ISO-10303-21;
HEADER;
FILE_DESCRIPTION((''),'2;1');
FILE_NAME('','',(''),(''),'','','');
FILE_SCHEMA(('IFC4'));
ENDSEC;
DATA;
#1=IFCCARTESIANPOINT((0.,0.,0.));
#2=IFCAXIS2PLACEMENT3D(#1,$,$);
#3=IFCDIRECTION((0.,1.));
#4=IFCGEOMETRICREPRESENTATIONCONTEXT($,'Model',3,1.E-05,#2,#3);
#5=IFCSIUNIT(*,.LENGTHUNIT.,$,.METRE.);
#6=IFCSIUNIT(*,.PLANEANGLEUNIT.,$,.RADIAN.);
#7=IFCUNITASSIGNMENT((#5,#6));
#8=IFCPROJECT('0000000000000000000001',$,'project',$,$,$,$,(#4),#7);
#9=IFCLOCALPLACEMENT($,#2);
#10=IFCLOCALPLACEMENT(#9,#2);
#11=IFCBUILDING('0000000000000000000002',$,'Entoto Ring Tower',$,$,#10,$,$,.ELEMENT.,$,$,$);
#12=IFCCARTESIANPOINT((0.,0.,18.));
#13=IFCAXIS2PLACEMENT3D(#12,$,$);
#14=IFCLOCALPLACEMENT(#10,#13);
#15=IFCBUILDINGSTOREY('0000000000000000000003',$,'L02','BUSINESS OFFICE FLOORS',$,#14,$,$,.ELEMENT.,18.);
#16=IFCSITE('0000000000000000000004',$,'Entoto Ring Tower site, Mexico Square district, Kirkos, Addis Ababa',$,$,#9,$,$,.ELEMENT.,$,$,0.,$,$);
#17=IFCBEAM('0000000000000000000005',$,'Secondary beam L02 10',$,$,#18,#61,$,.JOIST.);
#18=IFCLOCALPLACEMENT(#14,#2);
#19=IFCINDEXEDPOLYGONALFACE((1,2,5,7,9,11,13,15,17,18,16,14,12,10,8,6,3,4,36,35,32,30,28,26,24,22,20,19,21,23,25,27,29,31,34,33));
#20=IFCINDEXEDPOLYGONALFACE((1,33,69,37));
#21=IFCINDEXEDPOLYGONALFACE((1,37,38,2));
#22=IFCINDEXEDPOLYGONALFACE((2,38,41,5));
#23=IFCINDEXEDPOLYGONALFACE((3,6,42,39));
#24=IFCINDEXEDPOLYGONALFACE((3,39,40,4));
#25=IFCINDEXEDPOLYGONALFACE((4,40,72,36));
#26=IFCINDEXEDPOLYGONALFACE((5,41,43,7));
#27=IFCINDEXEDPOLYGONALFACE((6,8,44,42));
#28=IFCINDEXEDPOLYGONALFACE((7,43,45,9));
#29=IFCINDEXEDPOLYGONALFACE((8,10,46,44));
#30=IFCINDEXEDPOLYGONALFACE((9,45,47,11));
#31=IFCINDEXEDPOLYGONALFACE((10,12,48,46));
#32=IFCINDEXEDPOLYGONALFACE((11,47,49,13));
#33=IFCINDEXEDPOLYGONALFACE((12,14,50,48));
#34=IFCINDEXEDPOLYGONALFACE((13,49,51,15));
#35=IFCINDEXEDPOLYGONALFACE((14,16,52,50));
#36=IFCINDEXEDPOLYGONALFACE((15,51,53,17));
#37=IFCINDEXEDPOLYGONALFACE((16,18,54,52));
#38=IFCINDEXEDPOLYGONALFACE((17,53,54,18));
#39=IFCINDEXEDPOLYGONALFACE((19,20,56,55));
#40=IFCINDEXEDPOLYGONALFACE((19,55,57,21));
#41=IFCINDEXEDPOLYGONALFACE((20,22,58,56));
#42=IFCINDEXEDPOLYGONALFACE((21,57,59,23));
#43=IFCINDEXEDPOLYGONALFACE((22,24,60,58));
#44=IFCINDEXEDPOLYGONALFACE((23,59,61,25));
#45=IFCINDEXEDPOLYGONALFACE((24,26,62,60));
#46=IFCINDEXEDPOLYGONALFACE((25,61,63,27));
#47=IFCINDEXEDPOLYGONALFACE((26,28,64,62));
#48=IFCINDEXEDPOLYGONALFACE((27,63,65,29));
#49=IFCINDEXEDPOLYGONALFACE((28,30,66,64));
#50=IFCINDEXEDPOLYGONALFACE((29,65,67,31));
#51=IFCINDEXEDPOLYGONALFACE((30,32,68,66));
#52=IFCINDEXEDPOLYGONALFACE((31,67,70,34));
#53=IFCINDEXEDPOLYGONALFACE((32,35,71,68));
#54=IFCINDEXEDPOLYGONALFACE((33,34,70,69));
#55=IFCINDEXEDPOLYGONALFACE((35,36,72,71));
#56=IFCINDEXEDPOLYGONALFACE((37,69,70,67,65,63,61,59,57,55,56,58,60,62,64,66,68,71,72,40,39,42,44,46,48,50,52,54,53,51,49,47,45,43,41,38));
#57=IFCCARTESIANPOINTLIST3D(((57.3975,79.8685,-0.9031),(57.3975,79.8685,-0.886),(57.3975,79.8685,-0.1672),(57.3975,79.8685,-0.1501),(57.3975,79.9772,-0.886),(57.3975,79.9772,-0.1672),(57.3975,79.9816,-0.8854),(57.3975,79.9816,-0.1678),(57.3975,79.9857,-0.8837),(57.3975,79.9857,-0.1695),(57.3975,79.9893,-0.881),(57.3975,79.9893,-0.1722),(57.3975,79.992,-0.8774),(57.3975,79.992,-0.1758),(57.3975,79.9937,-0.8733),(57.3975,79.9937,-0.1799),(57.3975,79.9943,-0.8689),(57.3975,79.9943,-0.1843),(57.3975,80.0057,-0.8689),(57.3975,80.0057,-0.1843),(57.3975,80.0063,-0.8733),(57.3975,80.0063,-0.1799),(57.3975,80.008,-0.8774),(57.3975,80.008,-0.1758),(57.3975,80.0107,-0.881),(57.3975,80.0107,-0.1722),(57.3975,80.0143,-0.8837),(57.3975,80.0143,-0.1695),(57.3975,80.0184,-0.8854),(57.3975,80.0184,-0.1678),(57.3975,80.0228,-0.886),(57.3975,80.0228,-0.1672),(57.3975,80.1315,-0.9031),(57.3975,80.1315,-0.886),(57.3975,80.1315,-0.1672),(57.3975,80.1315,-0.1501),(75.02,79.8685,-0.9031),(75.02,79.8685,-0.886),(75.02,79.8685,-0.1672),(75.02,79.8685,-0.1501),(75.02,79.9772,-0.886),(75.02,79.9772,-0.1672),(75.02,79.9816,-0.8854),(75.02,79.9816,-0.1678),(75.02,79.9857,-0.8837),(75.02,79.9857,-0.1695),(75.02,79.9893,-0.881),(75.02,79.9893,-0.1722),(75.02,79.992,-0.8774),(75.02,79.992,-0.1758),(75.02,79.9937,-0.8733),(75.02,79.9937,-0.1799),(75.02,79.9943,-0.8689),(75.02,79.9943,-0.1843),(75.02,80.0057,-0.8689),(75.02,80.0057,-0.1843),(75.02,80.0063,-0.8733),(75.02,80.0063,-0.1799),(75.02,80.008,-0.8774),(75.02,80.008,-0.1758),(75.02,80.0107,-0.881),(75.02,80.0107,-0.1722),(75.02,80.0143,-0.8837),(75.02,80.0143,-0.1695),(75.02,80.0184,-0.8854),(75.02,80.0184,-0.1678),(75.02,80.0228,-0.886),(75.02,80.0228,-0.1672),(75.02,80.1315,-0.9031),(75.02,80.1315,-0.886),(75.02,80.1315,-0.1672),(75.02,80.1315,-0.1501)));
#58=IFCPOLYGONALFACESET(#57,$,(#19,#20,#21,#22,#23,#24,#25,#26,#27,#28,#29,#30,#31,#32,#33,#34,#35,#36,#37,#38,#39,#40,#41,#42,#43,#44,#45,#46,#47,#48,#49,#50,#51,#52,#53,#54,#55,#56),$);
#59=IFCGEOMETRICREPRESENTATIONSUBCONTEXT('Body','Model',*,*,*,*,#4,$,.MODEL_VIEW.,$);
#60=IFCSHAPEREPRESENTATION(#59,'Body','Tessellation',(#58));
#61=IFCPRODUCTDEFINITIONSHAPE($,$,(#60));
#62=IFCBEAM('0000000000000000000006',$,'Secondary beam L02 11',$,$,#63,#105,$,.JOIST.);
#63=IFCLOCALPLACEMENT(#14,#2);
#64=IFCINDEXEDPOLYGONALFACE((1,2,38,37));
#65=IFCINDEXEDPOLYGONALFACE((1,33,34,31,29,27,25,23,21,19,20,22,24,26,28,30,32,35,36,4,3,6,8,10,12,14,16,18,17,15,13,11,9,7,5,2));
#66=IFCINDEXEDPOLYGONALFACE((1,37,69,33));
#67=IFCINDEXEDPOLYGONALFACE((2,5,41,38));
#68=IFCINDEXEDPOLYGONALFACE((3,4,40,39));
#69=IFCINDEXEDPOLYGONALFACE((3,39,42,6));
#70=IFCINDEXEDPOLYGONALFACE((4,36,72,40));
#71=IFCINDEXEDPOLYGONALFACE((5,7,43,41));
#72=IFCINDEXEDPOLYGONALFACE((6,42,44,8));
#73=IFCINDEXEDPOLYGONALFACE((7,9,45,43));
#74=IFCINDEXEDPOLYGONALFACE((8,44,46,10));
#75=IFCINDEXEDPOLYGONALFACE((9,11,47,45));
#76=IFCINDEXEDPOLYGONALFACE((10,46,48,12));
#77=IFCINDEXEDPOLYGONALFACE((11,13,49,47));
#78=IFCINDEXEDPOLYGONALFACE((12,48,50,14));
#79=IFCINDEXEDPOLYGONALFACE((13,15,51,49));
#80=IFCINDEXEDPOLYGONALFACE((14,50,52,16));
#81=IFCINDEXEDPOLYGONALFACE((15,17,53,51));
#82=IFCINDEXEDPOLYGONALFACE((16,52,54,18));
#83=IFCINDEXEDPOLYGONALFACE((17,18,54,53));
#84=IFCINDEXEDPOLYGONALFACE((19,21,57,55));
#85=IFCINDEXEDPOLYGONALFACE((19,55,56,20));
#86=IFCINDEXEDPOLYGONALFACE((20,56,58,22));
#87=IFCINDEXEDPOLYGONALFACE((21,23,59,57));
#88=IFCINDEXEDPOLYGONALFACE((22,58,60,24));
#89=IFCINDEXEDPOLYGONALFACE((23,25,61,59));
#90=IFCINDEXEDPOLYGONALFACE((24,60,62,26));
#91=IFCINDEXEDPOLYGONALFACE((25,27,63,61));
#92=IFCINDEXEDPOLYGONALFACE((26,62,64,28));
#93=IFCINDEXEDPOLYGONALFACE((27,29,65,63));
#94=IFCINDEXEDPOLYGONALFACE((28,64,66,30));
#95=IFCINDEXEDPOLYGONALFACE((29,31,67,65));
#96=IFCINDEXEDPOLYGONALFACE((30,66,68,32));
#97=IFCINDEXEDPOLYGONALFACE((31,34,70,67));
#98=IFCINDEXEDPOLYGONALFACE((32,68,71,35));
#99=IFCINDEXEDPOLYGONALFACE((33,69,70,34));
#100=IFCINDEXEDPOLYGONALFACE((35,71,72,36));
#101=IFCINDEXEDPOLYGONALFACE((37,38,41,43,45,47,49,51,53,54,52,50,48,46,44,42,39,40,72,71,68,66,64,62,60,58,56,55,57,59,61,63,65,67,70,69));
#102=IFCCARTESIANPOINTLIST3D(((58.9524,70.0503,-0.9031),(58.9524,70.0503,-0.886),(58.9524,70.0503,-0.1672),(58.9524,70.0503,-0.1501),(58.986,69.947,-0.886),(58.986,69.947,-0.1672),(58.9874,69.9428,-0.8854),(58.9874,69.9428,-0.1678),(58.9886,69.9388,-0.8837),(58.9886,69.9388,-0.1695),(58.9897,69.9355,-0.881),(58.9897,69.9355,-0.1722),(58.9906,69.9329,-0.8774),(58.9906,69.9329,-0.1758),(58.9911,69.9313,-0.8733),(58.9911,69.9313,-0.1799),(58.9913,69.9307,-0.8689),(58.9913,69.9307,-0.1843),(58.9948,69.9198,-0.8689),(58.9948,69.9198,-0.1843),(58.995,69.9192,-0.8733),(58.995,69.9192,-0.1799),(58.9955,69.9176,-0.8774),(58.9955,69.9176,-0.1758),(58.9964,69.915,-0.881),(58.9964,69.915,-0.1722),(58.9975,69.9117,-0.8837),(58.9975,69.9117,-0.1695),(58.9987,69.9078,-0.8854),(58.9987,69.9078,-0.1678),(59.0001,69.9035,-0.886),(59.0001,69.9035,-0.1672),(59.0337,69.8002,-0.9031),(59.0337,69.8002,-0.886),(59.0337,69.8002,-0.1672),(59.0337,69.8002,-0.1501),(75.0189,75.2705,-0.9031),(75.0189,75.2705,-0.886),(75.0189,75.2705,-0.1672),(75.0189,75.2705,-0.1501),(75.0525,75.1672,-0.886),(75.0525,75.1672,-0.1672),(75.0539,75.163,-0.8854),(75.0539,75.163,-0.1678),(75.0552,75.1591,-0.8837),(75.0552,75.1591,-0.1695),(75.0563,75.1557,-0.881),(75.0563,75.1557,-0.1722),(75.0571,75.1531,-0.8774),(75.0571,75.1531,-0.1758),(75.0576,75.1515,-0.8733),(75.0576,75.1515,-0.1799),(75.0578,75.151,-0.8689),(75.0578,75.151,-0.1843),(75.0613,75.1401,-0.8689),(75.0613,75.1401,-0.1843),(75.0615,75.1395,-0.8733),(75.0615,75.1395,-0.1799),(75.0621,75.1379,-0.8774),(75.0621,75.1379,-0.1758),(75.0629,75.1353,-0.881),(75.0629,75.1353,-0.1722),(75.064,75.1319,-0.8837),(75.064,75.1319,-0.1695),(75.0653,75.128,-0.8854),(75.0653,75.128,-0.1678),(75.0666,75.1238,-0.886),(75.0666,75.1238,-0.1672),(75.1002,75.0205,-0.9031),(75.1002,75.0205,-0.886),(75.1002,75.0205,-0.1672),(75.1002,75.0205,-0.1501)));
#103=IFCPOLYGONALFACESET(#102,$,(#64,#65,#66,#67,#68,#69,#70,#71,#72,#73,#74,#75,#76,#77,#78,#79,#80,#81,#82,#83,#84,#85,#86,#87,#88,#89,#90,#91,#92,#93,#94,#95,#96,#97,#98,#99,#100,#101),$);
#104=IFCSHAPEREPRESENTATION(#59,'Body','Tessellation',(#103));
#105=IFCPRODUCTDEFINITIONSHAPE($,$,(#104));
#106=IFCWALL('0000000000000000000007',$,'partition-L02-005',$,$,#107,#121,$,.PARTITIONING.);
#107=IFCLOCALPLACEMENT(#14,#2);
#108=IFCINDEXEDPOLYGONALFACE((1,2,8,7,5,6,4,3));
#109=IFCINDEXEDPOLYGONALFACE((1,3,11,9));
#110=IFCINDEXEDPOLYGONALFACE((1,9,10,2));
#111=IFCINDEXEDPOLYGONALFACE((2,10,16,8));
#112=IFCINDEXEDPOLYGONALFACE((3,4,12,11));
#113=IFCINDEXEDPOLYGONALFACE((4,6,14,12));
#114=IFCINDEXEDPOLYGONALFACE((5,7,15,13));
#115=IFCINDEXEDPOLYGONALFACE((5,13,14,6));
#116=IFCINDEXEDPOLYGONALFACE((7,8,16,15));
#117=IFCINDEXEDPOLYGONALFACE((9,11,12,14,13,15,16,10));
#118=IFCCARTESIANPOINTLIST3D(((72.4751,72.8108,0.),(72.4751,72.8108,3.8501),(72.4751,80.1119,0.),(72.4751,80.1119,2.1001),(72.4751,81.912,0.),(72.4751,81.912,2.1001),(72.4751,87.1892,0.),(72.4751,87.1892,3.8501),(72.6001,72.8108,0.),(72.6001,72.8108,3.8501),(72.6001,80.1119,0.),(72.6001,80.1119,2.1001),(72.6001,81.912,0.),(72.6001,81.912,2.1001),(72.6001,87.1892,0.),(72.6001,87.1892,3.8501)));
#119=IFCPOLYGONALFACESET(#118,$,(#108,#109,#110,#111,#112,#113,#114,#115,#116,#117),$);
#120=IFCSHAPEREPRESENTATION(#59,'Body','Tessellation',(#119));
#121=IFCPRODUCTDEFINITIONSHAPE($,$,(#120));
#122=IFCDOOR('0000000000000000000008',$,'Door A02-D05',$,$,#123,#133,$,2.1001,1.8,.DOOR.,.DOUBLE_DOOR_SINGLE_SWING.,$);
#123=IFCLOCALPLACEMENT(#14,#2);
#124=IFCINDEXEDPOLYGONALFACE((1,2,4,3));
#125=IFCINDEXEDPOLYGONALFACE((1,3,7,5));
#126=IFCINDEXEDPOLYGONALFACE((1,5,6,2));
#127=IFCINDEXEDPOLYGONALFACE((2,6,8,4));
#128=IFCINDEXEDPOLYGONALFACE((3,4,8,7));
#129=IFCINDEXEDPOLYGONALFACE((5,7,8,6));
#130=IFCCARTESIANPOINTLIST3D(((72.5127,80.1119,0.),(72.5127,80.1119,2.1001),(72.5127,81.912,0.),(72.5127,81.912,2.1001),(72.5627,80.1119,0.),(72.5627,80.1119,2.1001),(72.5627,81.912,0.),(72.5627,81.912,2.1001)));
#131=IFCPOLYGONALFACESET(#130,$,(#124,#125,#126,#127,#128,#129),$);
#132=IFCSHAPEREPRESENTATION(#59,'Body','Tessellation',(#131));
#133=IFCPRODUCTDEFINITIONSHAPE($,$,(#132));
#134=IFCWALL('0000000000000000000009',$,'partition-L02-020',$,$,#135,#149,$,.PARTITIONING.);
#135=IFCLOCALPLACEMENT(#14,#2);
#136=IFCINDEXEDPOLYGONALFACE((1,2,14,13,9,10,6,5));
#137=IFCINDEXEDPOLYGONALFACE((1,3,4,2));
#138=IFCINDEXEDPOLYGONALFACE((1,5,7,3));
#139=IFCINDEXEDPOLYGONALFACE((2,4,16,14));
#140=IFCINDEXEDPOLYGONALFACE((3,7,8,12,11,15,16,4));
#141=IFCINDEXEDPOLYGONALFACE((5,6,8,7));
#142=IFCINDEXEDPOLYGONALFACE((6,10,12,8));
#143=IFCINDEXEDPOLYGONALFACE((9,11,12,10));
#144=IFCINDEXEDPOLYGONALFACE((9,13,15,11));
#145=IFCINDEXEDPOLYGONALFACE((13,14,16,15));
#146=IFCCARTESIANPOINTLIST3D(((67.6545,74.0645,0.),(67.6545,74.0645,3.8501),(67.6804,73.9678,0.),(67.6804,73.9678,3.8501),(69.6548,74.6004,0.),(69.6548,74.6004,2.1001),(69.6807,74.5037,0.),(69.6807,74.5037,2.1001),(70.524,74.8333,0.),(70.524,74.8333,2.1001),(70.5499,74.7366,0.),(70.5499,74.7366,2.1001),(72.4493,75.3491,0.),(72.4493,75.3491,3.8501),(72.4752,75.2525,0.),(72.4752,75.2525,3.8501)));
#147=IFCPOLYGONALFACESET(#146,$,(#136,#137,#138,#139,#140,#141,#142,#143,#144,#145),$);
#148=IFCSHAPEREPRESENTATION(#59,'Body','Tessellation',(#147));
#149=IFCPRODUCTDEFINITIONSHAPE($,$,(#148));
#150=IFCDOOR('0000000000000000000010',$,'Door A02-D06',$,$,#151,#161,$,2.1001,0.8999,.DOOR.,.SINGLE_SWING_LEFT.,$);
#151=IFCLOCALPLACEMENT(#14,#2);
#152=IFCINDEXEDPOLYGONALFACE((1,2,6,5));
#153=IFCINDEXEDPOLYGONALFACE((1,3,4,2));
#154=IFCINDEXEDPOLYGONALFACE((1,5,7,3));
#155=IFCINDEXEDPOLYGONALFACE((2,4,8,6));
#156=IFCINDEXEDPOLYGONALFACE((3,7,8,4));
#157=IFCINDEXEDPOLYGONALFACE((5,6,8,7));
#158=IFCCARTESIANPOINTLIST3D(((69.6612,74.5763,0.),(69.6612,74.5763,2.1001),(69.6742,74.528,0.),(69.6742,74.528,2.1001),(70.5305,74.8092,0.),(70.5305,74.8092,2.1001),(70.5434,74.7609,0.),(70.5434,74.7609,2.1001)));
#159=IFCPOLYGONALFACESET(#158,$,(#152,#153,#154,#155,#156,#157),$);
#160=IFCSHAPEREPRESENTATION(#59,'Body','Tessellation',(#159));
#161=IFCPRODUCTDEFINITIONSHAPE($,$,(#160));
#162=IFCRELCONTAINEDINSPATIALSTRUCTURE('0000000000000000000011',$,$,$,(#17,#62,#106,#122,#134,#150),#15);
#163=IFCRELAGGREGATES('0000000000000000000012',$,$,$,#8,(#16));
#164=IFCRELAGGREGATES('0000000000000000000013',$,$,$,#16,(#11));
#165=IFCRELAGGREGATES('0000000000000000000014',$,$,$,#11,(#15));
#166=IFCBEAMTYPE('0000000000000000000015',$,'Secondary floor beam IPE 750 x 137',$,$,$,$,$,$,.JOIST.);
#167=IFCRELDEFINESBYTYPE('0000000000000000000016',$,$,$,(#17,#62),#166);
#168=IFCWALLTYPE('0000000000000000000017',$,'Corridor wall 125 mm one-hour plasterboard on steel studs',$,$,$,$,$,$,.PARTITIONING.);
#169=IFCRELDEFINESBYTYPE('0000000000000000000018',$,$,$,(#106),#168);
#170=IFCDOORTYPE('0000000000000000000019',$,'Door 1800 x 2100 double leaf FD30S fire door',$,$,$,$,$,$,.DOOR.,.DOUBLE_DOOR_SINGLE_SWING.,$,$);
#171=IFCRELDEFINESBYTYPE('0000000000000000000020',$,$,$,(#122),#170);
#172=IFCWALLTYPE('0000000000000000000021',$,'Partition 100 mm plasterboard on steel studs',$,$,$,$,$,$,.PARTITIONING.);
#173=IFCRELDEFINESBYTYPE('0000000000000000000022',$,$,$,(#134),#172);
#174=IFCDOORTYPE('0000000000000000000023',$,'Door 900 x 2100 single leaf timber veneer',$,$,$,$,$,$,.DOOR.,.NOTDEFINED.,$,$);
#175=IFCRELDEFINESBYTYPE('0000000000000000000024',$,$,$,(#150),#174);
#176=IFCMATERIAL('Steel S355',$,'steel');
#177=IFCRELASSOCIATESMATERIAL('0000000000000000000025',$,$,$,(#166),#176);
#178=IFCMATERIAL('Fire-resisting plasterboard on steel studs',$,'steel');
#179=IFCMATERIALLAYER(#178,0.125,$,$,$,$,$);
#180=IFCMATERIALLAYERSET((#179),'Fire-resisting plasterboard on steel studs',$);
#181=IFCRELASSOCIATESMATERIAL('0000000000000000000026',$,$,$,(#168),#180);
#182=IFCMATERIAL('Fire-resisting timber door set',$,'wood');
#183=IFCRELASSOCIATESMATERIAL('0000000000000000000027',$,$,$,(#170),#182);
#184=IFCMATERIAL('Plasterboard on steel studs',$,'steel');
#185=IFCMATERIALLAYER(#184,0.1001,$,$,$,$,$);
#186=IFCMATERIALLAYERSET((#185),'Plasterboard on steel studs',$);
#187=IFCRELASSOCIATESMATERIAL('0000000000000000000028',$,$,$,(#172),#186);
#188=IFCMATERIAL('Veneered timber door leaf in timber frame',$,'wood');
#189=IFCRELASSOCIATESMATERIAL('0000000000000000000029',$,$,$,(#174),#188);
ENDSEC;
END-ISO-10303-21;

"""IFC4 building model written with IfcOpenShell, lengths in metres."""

from ifc_helpers import new_model, si_unit, direction, frame, frame_2d, origin, origin_2d, place, context, subcontext, project, spatial, rectangle, i_section, extrude, material, layer, layer_set, material_profile, profile_set, type_object, element, fill, save


model = new_model("IFC4")

# Units and contexts
model_context = context("Model", 3, precision=1e-05, world=origin(), true_north=direction((0.0, 1.0)))
body_context = subcontext(model_context, "Body", "Model", "MODEL_VIEW")
ifc_project = project(units=[si_unit("LENGTHUNIT", "METRE"), si_unit("PLANEANGLEUNIT", "RADIAN")], contexts=[model_context])

# Site, building, storey
site_placement = place(None, origin())
site = spatial("IfcSite", under=ifc_project, at=site_placement, Name="Entoto Ring Tower site, Mexico Square district, Kirkos, Addis Ababa", CompositionType="ELEMENT", RefElevation=0.0)
building_placement = place(site_placement, origin())
building = spatial("IfcBuilding", under=site, at=building_placement, Name="Entoto Ring Tower", CompositionType="ELEMENT")
storey_placement = place(building_placement, frame((0.0, 0.0, 18.0)))
storey = spatial("IfcBuildingStorey", under=building, at=storey_placement, Name="L02", Description="BUSINESS OFFICE FLOORS", CompositionType="ELEMENT", Elevation=18.0)

# Beams
ifc_material_1 = material(Name="Steel S355", Category="steel")
ifc_material_profile_1 = material_profile(ifc_material_1, i_section(OverallWidth=0.2629, OverallDepth=0.7529, WebThickness=0.0115, FlangeThickness=0.0171, FilletRadius=0.0171, at=origin_2d()), Name="IPE 750 x 137")
ifc_profile_set_1 = profile_set([ifc_material_profile_1], Name="Steel S355")
beam_type_1 = type_object("IfcBeamType", Name="Secondary floor beam IPE 750 x 137", PredefinedType="JOIST", material=ifc_profile_set_1)
beam_1_placement = place(storey_placement, frame((75.02, 80.0, -0.5266), z_axis=(-1.0, 0.0, 0.0), x_axis=(0.0, -1.0, 0.0)))
element("IfcBeam", 1, at=beam_1_placement, inside=storey, type_object=beam_type_1, Name="Secondary beam L02 10", PredefinedType="JOIST", context=body_context, shape_type="SweptSolid", body=[
    extrude(i_section(OverallWidth=0.2629, OverallDepth=0.7529, WebThickness=0.0115, FlangeThickness=0.0171, FilletRadius=0.0171, at=origin_2d()), origin(), (0.0, 0.0, 1.0), 17.6226),
])
beam_2_placement = place(storey_placement, frame((75.0596, 75.1455, -0.5266), z_axis=(-0.951058, -0.309013, 0.0), x_axis=(0.309013, -0.951058, 0.0)))
element("IfcBeam", 2, at=beam_2_placement, inside=storey, type_object=beam_type_1, Name="Secondary beam L02 11", PredefinedType="JOIST", context=body_context, shape_type="SweptSolid", body=[
    extrude(i_section(OverallWidth=0.2629, OverallDepth=0.7529, WebThickness=0.0115, FlangeThickness=0.0171, FilletRadius=0.0171, at=origin_2d()), origin(), (0.0, 0.0, 1.0), 16.8933),
])

# Walls, openings, doors
ifc_material_2 = material(Name="Fire-resisting plasterboard on steel studs", Category="steel")
ifc_layer_1 = layer(ifc_material_2, 0.125)
ifc_layer_set_1 = layer_set([ifc_layer_1], Name="Fire-resisting plasterboard on steel studs")
wall_type_1 = type_object("IfcWallType", Name="Corridor wall 125 mm one-hour plasterboard on steel studs", PredefinedType="PARTITIONING", material=ifc_layer_set_1)
wall_1_placement = place(storey_placement, frame((72.5376, 72.8108, 0.0), z_axis=(0.0, 0.0, 1.0), x_axis=(0.0, 1.0, 0.0)))
wall_1 = element("IfcWall", 3, at=wall_1_placement, inside=storey, type_object=wall_type_1, Name="partition-L02-005", PredefinedType="PARTITIONING", context=body_context, shape_type="SweptSolid", body=[
    extrude(rectangle(XDim=14.3784, YDim=0.125, at=frame_2d((7.1892, 0.0))), origin(), (0.0, 0.0, 1.0), 3.8501),
])
opening_1_placement = place(wall_1_placement, frame((7.3013, 0.0, 0.0)))
opening_1 = element("IfcOpeningElement", 4, at=opening_1_placement, cuts=wall_1, PredefinedType="OPENING", context=body_context, shape_type="SweptSolid", body=[
    extrude(rectangle(XDim=1.8, YDim=2.1001, at=frame_2d((0.8999, 1.05))), frame((0.0, 0.0725, 0.0), z_axis=(0.0, -1.0, 0.0), x_axis=(1.0, 0.0, 0.0)), (0.0, 0.0, 1.0), 0.145),
])
ifc_material_3 = material(Name="Fire-resisting timber door set", Category="wood")
door_type_1 = type_object("IfcDoorType", Name="Door 1800 x 2100 double leaf FD30S fire door", OperationType="DOUBLE_DOOR_SINGLE_SWING", PredefinedType="DOOR", material=ifc_material_3)
door_1_placement = place(opening_1_placement, origin())
door_1 = element("IfcDoor", 5, at=door_1_placement, inside=storey, type_object=door_type_1, Name="Door A02-D05", OperationType="DOUBLE_DOOR_SINGLE_SWING", OverallHeight=2.1001, OverallWidth=1.8, PredefinedType="DOOR", context=body_context, shape_type="SweptSolid", body=[
    extrude(rectangle(XDim=1.8, YDim=2.1001, at=frame_2d((0.8999, 1.05))), frame((0.0, 0.0249, 0.0), z_axis=(0.0, -1.0, 0.0), x_axis=(1.0, 0.0, 0.0)), (0.0, 0.0, 1.0), 0.05),
])
fill(opening_1, door_1)
ifc_material_4 = material(Name="Plasterboard on steel studs", Category="steel")
ifc_layer_2 = layer(ifc_material_4, 0.1001)
ifc_layer_set_2 = layer_set([ifc_layer_2], Name="Plasterboard on steel studs")
wall_type_2 = type_object("IfcWallType", Name="Partition 100 mm plasterboard on steel studs", PredefinedType="PARTITIONING", material=ifc_layer_set_2)
wall_2_placement = place(storey_placement, frame((67.6675, 74.0161, 0.0), z_axis=(0.0, 0.0, 1.0), x_axis=(0.965929, 0.258807, 0.0)))
wall_2 = element("IfcWall", 6, at=wall_2_placement, inside=storey, type_object=wall_type_2, Name="partition-L02-020", PredefinedType="PARTITIONING", context=body_context, shape_type="SweptSolid", body=[
    extrude(rectangle(XDim=4.9639, YDim=0.1001, at=frame_2d((2.4819, 0.0))), origin(), (0.0, 0.0, 1.0), 3.8501),
])
opening_2_placement = place(wall_2_placement, frame((2.0708, 0.0, 0.0)))
opening_2 = element("IfcOpeningElement", 7, at=opening_2_placement, cuts=wall_2, PredefinedType="OPENING", context=body_context, shape_type="SweptSolid", body=[
    extrude(rectangle(XDim=0.8999, YDim=2.1001, at=frame_2d((0.45, 1.05))), frame((0.0, 0.0601, 0.0), z_axis=(0.0, -1.0, 0.0), x_axis=(1.0, 0.0, 0.0)), (0.0, 0.0, 1.0), 0.1201),
])
ifc_material_5 = material(Name="Veneered timber door leaf in timber frame", Category="wood")
door_type_2 = type_object("IfcDoorType", Name="Door 900 x 2100 single leaf timber veneer", OperationType="NOTDEFINED", PredefinedType="DOOR", material=ifc_material_5)
door_2_placement = place(opening_2_placement, frame((0.8999, 0.0, 0.0), z_axis=(0.0, 0.0, 1.0), x_axis=(-1.0, 0.0, 0.0)))
door_2 = element("IfcDoor", 8, at=door_2_placement, inside=storey, type_object=door_type_2, Name="Door A02-D06", OperationType="SINGLE_SWING_LEFT", OverallHeight=2.1001, OverallWidth=0.8999, PredefinedType="DOOR", context=body_context, shape_type="SweptSolid", body=[
    extrude(rectangle(XDim=0.8999, YDim=2.1001, at=frame_2d((0.45, 1.05))), frame((0.0, 0.0249, 0.0), z_axis=(0.0, -1.0, 0.0), x_axis=(1.0, 0.0, 0.0)), (0.0, 0.0, 1.0), 0.05),
])
fill(opening_2, door_2)

save(model, "model.ifc")
